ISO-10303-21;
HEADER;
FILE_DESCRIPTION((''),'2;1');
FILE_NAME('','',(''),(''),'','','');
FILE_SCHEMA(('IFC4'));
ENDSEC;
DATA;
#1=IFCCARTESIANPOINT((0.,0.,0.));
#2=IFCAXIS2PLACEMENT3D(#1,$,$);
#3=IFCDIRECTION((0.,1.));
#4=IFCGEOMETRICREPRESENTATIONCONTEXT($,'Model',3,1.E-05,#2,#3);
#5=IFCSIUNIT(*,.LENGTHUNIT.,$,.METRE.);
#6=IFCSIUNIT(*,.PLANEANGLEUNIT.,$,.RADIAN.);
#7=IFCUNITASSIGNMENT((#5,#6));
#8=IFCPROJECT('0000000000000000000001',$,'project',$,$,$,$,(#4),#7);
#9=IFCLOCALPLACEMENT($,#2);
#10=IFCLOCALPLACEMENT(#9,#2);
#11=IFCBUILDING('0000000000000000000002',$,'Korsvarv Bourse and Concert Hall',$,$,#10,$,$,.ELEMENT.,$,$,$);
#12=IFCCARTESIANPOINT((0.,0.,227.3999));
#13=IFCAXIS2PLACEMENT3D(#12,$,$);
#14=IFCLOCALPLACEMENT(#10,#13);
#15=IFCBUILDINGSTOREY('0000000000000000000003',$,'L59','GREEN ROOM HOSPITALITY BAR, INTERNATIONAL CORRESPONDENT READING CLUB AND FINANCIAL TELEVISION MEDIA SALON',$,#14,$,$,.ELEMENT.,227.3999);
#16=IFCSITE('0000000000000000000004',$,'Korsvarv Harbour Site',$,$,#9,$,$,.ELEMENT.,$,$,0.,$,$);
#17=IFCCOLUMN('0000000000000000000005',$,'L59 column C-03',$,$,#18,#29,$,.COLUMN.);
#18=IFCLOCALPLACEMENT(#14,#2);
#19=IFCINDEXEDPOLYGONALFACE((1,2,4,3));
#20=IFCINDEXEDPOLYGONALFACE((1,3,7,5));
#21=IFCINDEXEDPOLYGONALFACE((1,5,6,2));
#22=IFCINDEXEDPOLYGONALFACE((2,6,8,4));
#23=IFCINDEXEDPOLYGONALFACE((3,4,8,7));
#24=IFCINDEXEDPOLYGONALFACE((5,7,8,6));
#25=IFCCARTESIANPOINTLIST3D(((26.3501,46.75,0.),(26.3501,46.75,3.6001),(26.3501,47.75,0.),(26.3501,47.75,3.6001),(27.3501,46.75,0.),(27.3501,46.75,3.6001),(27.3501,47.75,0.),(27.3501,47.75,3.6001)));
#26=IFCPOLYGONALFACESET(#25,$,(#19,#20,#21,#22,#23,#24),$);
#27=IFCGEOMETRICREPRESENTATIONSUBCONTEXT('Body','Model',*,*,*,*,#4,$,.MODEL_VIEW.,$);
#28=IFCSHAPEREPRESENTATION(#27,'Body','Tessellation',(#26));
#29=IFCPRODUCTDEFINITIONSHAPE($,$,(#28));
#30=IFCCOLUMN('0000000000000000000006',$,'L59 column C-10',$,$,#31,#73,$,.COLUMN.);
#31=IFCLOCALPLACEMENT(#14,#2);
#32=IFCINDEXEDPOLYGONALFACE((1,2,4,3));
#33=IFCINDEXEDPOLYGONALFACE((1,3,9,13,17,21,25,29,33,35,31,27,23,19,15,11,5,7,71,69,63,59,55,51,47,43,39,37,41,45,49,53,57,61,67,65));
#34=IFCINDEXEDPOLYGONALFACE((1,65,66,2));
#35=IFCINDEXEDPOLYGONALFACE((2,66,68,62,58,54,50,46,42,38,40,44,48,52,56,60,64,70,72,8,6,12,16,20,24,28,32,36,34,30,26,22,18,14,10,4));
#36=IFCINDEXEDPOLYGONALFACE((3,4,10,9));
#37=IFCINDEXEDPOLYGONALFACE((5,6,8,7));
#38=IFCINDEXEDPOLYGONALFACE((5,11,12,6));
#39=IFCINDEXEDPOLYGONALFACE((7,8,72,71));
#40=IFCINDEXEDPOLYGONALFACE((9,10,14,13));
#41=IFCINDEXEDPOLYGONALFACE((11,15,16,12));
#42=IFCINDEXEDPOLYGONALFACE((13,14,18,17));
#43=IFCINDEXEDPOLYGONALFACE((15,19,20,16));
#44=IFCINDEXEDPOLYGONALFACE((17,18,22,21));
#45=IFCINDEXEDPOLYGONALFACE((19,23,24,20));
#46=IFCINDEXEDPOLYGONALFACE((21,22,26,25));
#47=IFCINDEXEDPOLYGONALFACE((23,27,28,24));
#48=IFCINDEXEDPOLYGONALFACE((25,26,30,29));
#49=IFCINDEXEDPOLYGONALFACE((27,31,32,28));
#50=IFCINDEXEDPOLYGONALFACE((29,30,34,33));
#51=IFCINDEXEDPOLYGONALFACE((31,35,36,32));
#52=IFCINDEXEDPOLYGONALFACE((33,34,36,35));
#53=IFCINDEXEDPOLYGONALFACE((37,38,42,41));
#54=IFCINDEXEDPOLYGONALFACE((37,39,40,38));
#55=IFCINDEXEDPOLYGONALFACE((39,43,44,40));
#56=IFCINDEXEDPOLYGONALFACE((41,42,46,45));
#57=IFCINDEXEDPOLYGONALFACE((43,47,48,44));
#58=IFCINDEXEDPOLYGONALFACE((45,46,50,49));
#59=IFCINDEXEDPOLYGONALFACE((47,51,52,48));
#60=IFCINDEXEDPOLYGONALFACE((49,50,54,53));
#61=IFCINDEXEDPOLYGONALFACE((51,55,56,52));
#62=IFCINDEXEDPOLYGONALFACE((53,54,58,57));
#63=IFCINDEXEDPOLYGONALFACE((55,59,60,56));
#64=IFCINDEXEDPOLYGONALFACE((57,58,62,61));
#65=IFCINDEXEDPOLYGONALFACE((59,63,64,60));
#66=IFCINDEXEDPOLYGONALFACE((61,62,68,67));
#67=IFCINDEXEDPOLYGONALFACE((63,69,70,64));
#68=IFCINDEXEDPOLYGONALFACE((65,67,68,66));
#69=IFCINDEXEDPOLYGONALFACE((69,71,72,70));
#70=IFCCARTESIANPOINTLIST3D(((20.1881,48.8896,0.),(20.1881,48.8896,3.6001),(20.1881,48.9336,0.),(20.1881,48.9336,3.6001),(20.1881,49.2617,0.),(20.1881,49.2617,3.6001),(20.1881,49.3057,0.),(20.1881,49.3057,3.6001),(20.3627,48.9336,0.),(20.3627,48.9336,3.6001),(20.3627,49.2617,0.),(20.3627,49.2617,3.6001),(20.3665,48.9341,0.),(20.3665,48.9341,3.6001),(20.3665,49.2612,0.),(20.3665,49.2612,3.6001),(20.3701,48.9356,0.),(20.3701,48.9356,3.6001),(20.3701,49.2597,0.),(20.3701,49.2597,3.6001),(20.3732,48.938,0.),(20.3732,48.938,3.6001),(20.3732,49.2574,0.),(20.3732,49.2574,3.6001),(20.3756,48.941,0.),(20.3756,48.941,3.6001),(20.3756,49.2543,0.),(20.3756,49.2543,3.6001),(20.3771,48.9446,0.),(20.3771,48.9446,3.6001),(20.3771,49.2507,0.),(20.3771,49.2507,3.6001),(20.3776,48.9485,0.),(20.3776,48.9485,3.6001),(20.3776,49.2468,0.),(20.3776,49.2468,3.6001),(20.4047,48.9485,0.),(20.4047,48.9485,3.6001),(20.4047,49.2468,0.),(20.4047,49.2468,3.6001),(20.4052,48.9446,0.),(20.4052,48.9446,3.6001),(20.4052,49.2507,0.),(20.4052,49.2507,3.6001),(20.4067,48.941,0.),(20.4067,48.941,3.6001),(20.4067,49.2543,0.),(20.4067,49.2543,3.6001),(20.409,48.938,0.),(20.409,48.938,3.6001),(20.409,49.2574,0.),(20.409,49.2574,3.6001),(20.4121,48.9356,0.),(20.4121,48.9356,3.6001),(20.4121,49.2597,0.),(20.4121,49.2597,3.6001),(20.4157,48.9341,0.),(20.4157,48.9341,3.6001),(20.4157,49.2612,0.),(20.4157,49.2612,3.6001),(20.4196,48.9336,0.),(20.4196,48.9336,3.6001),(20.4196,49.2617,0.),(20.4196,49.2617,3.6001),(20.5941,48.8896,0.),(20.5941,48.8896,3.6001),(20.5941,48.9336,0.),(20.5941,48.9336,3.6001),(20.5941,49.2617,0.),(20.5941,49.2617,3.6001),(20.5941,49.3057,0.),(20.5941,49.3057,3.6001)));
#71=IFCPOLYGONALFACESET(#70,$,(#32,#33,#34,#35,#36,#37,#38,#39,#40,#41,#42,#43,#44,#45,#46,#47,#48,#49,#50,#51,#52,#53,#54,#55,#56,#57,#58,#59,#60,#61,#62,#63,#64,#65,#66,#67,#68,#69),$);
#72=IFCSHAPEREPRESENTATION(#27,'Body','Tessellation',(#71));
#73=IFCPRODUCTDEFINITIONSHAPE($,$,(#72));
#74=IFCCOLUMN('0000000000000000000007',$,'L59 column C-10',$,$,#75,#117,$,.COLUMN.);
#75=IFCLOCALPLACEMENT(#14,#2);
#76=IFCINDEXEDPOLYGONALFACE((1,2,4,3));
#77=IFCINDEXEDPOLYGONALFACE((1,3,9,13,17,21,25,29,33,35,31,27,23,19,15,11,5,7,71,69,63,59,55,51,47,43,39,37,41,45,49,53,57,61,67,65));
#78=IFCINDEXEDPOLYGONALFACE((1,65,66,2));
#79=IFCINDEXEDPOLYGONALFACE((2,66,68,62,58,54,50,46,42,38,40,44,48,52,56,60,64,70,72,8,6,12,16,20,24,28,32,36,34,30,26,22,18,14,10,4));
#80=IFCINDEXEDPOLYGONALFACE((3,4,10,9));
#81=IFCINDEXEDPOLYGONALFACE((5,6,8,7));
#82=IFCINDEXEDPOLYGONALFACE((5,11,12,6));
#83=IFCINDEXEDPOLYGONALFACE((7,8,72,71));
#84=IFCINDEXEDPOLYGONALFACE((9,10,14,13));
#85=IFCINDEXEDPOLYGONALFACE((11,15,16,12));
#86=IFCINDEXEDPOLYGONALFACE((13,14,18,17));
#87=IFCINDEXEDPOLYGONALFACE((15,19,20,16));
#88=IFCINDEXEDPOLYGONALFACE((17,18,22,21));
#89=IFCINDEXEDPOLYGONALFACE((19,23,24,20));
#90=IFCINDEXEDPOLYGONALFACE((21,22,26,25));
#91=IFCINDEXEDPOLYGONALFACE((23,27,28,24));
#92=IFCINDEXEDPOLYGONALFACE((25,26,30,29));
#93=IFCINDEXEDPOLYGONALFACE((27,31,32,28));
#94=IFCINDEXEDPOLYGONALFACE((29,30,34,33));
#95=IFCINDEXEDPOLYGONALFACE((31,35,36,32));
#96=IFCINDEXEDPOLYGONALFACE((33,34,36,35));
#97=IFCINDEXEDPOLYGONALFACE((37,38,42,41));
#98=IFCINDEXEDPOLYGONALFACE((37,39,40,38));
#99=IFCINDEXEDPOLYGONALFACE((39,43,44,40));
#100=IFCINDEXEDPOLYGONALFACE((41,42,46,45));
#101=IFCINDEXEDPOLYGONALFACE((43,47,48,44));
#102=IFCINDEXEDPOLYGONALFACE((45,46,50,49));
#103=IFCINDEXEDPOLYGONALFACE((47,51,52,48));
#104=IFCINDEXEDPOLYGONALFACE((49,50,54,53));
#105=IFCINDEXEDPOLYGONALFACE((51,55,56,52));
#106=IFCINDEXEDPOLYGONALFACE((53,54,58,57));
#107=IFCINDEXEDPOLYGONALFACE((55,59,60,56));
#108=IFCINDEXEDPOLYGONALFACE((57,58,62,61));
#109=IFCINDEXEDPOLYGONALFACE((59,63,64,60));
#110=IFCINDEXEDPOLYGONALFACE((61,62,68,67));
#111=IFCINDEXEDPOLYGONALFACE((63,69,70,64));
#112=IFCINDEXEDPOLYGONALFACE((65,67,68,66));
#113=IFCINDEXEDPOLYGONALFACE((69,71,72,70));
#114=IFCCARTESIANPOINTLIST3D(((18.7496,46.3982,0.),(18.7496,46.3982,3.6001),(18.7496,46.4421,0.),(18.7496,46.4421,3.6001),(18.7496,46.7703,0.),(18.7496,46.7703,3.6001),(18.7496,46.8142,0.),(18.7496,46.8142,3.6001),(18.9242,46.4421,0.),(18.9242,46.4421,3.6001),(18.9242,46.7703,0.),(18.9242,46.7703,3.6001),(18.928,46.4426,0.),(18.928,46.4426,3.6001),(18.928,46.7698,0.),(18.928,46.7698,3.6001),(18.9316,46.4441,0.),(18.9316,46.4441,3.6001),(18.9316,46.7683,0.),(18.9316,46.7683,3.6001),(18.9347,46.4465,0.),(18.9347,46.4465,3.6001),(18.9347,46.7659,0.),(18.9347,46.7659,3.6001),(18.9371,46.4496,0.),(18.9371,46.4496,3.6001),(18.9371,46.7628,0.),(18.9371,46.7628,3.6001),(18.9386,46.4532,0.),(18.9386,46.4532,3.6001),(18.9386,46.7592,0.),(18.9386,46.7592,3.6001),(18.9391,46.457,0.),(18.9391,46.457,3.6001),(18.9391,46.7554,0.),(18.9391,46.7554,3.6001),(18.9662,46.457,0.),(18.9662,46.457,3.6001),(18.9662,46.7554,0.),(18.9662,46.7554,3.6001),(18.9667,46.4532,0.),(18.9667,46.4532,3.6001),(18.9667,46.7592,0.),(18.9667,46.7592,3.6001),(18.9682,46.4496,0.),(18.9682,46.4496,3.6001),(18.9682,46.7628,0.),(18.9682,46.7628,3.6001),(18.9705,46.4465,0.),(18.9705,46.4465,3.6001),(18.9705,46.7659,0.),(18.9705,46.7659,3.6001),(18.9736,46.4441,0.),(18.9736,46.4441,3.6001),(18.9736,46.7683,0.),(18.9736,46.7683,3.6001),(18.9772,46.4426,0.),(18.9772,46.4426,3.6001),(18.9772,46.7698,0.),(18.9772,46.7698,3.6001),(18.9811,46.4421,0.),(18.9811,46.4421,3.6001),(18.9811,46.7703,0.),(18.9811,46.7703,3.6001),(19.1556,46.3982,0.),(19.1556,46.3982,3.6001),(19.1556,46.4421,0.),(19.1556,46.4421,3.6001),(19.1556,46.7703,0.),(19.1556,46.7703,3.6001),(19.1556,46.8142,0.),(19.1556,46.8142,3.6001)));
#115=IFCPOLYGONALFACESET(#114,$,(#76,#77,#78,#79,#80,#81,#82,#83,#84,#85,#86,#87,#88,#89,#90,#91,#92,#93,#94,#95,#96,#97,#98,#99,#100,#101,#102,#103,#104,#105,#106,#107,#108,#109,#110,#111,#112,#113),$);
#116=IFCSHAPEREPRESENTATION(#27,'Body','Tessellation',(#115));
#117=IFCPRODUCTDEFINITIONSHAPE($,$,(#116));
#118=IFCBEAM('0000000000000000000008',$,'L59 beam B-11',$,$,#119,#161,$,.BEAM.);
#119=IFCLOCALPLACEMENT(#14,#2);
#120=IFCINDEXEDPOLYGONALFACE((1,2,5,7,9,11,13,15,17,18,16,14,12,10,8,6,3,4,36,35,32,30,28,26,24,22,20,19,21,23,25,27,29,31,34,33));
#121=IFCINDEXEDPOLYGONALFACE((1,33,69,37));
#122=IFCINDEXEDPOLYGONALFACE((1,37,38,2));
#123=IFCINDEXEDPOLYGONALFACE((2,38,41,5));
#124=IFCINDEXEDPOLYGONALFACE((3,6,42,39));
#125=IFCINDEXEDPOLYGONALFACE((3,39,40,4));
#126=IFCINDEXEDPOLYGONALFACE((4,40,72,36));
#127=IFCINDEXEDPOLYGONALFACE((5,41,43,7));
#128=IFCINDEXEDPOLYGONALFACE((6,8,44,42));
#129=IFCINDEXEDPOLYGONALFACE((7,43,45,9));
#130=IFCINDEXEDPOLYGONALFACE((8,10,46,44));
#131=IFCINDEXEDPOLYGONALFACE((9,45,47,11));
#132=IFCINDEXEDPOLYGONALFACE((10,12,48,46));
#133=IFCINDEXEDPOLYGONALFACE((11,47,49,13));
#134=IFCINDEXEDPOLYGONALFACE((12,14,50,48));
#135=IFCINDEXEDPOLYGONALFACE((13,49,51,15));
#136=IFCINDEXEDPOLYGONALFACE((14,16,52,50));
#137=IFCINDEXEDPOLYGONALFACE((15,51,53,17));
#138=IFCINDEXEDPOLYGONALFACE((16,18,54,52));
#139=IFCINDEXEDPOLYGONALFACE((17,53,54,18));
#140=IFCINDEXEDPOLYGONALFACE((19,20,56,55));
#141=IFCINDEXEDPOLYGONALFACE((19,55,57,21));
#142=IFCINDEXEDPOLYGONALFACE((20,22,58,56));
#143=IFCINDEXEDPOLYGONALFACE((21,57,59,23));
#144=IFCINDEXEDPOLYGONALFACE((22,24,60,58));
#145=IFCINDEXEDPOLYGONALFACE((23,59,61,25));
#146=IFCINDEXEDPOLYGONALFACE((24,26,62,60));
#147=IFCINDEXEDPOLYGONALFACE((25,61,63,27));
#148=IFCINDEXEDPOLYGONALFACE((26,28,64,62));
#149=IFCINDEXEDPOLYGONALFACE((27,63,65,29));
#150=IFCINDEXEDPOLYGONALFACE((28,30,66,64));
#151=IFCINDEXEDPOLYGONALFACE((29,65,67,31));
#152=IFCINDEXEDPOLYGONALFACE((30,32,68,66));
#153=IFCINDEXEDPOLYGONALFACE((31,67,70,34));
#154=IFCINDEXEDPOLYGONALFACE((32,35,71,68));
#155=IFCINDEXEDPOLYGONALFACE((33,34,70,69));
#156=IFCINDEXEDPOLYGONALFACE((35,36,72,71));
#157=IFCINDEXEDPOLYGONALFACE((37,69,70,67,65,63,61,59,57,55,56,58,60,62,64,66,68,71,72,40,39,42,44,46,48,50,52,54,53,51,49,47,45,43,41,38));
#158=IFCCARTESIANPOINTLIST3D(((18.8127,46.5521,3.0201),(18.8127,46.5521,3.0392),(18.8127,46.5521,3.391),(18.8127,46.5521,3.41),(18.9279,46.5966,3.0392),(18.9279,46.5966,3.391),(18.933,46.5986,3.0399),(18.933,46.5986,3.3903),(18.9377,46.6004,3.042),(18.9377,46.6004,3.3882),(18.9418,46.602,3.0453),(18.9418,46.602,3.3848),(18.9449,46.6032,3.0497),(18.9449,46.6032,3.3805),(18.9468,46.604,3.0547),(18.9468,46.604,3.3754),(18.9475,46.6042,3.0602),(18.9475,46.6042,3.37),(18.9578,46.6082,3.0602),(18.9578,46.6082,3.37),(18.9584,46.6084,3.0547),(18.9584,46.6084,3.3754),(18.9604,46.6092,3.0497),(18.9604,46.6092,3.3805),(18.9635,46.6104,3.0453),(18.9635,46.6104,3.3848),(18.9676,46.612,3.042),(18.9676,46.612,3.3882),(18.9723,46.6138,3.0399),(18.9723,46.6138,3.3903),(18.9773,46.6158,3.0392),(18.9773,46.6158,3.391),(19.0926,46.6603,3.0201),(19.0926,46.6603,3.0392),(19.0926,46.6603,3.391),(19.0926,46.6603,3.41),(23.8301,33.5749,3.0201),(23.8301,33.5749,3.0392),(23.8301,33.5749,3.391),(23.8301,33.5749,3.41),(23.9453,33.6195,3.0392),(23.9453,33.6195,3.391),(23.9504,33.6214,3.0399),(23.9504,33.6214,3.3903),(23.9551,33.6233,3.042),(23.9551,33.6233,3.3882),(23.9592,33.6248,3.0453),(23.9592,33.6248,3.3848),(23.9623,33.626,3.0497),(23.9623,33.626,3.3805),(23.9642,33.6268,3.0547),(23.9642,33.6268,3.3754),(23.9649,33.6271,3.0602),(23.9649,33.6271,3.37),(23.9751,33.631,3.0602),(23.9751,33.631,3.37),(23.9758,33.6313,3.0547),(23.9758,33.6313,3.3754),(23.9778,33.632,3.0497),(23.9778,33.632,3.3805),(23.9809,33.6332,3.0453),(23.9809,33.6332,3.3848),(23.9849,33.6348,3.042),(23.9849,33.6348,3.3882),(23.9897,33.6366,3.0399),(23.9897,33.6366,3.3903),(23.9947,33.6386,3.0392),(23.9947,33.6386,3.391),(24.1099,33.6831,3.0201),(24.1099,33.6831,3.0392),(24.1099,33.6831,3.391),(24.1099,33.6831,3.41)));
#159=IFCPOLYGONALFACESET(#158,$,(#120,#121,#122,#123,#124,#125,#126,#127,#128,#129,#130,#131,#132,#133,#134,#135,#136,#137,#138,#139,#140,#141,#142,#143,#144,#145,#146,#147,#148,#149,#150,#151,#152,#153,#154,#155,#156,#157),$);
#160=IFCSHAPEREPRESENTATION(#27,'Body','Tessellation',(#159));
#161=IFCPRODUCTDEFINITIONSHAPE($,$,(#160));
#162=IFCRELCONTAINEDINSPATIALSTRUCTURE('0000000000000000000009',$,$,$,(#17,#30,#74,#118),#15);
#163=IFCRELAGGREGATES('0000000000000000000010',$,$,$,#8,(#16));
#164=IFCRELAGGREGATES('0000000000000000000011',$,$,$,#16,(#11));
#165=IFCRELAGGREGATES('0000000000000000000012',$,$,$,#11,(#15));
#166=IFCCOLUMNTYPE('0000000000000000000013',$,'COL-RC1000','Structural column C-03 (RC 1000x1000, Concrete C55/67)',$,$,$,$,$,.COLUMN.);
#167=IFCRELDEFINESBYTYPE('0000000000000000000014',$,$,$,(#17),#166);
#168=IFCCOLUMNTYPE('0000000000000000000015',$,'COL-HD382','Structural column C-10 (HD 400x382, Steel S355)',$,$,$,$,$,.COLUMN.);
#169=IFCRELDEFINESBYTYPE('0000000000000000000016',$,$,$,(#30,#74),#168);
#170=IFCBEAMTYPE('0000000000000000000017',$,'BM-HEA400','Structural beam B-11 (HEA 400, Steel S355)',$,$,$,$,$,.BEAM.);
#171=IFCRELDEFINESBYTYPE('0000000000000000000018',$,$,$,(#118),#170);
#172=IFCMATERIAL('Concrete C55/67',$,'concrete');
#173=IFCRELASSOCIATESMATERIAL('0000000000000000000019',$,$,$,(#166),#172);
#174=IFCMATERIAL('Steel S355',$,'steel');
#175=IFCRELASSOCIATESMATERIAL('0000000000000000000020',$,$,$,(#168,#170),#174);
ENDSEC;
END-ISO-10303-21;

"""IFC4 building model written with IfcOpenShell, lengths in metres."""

from ifc_helpers import new_model, si_unit, direction, frame, origin, origin_2d, place, context, subcontext, project, spatial, rectangle, i_section, extrude, source, transform, mapped, material, material_profile, profile_set, type_object, element, save


model = new_model("IFC4")

# Units and contexts
model_context = context("Model", 3, precision=1e-05, world=origin(), true_north=direction((0.0, 1.0)))
body_context = subcontext(model_context, "Body", "Model", "MODEL_VIEW")
ifc_project = project(units=[si_unit("LENGTHUNIT", "METRE"), si_unit("PLANEANGLEUNIT", "RADIAN")], contexts=[model_context])

# Site, building, storey
site_placement = place(None, origin())
site = spatial("IfcSite", under=ifc_project, at=site_placement, Name="Korsvarv Harbour Site", CompositionType="ELEMENT", RefElevation=0.0)
building_placement = place(site_placement, origin())
building = spatial("IfcBuilding", under=site, at=building_placement, Name="Korsvarv Bourse and Concert Hall", CompositionType="ELEMENT")
storey_placement = place(building_placement, frame((0.0, 0.0, 227.3999)))
storey = spatial("IfcBuildingStorey", under=building, at=storey_placement, Name="L59", Description="GREEN ROOM HOSPITALITY BAR, INTERNATIONAL CORRESPONDENT READING CLUB AND FINANCIAL TELEVISION MEDIA SALON", CompositionType="ELEMENT", Elevation=227.3999)

# Columns
ifc_material_1 = material(Name="Concrete C55/67", Category="concrete")
ifc_material_profile_1 = material_profile(ifc_material_1, rectangle(XDim=1.0, YDim=1.0, at=origin_2d()), Name="RC 1000x1000")
ifc_profile_set_1 = profile_set([ifc_material_profile_1], Name="Concrete C55/67")
column_type_1 = type_object("IfcColumnType", Name="COL-RC1000", Description="Structural column C-03 (RC 1000x1000, Concrete C55/67)", PredefinedType="COLUMN", material=ifc_profile_set_1)
shared_shape_1 = source(origin(), body_context, "Body", "SweptSolid", [
    extrude(rectangle(XDim=1.0, YDim=1.0, at=origin_2d()), origin(), (0.0, 0.0, 1.0), 3.6001),
])
column_placement = place(storey_placement, frame((26.8501, 47.25, 0.0), z_axis=(0.0, 0.0, 1.0), x_axis=(1.0, 0.0, 0.0)))
element("IfcColumn", 1, at=column_placement, inside=storey, type_object=column_type_1, Name="L59 column C-03", PredefinedType="COLUMN", context=body_context, shape_type="MappedRepresentation", body=[
    mapped(shared_shape_1, transform((0.0, 0.0, 0.0), scale=1.0)),
])
ifc_material_2 = material(Name="Steel S355", Category="steel")
ifc_material_profile_2 = material_profile(ifc_material_2, i_section(OverallWidth=0.406, OverallDepth=0.416, WebThickness=0.0271, FlangeThickness=0.0439, FilletRadius=0.0149, at=origin_2d()), Name="HD 400x382")
ifc_profile_set_2 = profile_set([ifc_material_profile_2], Name="Steel S355")
column_type_2 = type_object("IfcColumnType", Name="COL-HD382", Description="Structural column C-10 (HD 400x382, Steel S355)", PredefinedType="COLUMN", material=ifc_profile_set_2)
shared_shape_2 = source(origin(), body_context, "Body", "SweptSolid", [
    extrude(i_section(OverallWidth=0.406, OverallDepth=0.416, WebThickness=0.0271, FlangeThickness=0.0439, FilletRadius=0.0149, at=origin_2d()), origin(), (0.0, 0.0, 1.0), 3.6001),
])
for number, where, z_axis, x_axis, name in (
    (2, (20.3911, 49.0977, 0.0), (0.0, 0.0, 1.0), (1.0, 0.0, 0.0), "L59 column C-10"),
    (3, (18.9526, 46.6062, 0.0), (0.0, 0.0, 1.0), (1.0, 0.0, 0.0), "L59 column C-10"),
):
    element("IfcColumn", number, at=place(storey_placement, frame(where, z_axis=z_axis, x_axis=x_axis)), inside=storey, type_object=column_type_2, Name=name, PredefinedType="COLUMN", context=body_context, shape_type="MappedRepresentation", body=[
        mapped(shared_shape_2, transform((0.0, 0.0, 0.0), scale=1.0)),
    ])

# Beam
ifc_material_profile_3 = material_profile(ifc_material_2, i_section(OverallWidth=0.3, OverallDepth=0.3899, WebThickness=0.011, FlangeThickness=0.019, FilletRadius=0.021, at=origin_2d()), Name="HEA 400")
ifc_profile_set_3 = profile_set([ifc_material_profile_3], Name="Steel S355")
beam_type_1 = type_object("IfcBeamType", Name="BM-HEA400", Description="Structural beam B-11 (HEA 400, Steel S355)", PredefinedType="BEAM", material=ifc_profile_set_3)
shared_shape_3 = source(origin(), body_context, "Body", "SweptSolid", [
    extrude(i_section(OverallWidth=0.3, OverallDepth=0.3899, WebThickness=0.011, FlangeThickness=0.019, FilletRadius=0.021, at=origin_2d()), origin(), (0.0, 0.0, 1.0), 13.9133),
])
beam_1_placement = place(storey_placement, frame((18.9526, 46.6062, 3.2151), z_axis=(0.360616, -0.932714, 0.0), x_axis=(0.932714, 0.360616, 0.0)))
element("IfcBeam", 4, at=beam_1_placement, inside=storey, type_object=beam_type_1, Name="L59 beam B-11", PredefinedType="BEAM", context=body_context, shape_type="MappedRepresentation", body=[
    mapped(shared_shape_3, transform((0.0, 0.0, 0.0), scale=1.0)),
])

save(model, "model.ifc")
